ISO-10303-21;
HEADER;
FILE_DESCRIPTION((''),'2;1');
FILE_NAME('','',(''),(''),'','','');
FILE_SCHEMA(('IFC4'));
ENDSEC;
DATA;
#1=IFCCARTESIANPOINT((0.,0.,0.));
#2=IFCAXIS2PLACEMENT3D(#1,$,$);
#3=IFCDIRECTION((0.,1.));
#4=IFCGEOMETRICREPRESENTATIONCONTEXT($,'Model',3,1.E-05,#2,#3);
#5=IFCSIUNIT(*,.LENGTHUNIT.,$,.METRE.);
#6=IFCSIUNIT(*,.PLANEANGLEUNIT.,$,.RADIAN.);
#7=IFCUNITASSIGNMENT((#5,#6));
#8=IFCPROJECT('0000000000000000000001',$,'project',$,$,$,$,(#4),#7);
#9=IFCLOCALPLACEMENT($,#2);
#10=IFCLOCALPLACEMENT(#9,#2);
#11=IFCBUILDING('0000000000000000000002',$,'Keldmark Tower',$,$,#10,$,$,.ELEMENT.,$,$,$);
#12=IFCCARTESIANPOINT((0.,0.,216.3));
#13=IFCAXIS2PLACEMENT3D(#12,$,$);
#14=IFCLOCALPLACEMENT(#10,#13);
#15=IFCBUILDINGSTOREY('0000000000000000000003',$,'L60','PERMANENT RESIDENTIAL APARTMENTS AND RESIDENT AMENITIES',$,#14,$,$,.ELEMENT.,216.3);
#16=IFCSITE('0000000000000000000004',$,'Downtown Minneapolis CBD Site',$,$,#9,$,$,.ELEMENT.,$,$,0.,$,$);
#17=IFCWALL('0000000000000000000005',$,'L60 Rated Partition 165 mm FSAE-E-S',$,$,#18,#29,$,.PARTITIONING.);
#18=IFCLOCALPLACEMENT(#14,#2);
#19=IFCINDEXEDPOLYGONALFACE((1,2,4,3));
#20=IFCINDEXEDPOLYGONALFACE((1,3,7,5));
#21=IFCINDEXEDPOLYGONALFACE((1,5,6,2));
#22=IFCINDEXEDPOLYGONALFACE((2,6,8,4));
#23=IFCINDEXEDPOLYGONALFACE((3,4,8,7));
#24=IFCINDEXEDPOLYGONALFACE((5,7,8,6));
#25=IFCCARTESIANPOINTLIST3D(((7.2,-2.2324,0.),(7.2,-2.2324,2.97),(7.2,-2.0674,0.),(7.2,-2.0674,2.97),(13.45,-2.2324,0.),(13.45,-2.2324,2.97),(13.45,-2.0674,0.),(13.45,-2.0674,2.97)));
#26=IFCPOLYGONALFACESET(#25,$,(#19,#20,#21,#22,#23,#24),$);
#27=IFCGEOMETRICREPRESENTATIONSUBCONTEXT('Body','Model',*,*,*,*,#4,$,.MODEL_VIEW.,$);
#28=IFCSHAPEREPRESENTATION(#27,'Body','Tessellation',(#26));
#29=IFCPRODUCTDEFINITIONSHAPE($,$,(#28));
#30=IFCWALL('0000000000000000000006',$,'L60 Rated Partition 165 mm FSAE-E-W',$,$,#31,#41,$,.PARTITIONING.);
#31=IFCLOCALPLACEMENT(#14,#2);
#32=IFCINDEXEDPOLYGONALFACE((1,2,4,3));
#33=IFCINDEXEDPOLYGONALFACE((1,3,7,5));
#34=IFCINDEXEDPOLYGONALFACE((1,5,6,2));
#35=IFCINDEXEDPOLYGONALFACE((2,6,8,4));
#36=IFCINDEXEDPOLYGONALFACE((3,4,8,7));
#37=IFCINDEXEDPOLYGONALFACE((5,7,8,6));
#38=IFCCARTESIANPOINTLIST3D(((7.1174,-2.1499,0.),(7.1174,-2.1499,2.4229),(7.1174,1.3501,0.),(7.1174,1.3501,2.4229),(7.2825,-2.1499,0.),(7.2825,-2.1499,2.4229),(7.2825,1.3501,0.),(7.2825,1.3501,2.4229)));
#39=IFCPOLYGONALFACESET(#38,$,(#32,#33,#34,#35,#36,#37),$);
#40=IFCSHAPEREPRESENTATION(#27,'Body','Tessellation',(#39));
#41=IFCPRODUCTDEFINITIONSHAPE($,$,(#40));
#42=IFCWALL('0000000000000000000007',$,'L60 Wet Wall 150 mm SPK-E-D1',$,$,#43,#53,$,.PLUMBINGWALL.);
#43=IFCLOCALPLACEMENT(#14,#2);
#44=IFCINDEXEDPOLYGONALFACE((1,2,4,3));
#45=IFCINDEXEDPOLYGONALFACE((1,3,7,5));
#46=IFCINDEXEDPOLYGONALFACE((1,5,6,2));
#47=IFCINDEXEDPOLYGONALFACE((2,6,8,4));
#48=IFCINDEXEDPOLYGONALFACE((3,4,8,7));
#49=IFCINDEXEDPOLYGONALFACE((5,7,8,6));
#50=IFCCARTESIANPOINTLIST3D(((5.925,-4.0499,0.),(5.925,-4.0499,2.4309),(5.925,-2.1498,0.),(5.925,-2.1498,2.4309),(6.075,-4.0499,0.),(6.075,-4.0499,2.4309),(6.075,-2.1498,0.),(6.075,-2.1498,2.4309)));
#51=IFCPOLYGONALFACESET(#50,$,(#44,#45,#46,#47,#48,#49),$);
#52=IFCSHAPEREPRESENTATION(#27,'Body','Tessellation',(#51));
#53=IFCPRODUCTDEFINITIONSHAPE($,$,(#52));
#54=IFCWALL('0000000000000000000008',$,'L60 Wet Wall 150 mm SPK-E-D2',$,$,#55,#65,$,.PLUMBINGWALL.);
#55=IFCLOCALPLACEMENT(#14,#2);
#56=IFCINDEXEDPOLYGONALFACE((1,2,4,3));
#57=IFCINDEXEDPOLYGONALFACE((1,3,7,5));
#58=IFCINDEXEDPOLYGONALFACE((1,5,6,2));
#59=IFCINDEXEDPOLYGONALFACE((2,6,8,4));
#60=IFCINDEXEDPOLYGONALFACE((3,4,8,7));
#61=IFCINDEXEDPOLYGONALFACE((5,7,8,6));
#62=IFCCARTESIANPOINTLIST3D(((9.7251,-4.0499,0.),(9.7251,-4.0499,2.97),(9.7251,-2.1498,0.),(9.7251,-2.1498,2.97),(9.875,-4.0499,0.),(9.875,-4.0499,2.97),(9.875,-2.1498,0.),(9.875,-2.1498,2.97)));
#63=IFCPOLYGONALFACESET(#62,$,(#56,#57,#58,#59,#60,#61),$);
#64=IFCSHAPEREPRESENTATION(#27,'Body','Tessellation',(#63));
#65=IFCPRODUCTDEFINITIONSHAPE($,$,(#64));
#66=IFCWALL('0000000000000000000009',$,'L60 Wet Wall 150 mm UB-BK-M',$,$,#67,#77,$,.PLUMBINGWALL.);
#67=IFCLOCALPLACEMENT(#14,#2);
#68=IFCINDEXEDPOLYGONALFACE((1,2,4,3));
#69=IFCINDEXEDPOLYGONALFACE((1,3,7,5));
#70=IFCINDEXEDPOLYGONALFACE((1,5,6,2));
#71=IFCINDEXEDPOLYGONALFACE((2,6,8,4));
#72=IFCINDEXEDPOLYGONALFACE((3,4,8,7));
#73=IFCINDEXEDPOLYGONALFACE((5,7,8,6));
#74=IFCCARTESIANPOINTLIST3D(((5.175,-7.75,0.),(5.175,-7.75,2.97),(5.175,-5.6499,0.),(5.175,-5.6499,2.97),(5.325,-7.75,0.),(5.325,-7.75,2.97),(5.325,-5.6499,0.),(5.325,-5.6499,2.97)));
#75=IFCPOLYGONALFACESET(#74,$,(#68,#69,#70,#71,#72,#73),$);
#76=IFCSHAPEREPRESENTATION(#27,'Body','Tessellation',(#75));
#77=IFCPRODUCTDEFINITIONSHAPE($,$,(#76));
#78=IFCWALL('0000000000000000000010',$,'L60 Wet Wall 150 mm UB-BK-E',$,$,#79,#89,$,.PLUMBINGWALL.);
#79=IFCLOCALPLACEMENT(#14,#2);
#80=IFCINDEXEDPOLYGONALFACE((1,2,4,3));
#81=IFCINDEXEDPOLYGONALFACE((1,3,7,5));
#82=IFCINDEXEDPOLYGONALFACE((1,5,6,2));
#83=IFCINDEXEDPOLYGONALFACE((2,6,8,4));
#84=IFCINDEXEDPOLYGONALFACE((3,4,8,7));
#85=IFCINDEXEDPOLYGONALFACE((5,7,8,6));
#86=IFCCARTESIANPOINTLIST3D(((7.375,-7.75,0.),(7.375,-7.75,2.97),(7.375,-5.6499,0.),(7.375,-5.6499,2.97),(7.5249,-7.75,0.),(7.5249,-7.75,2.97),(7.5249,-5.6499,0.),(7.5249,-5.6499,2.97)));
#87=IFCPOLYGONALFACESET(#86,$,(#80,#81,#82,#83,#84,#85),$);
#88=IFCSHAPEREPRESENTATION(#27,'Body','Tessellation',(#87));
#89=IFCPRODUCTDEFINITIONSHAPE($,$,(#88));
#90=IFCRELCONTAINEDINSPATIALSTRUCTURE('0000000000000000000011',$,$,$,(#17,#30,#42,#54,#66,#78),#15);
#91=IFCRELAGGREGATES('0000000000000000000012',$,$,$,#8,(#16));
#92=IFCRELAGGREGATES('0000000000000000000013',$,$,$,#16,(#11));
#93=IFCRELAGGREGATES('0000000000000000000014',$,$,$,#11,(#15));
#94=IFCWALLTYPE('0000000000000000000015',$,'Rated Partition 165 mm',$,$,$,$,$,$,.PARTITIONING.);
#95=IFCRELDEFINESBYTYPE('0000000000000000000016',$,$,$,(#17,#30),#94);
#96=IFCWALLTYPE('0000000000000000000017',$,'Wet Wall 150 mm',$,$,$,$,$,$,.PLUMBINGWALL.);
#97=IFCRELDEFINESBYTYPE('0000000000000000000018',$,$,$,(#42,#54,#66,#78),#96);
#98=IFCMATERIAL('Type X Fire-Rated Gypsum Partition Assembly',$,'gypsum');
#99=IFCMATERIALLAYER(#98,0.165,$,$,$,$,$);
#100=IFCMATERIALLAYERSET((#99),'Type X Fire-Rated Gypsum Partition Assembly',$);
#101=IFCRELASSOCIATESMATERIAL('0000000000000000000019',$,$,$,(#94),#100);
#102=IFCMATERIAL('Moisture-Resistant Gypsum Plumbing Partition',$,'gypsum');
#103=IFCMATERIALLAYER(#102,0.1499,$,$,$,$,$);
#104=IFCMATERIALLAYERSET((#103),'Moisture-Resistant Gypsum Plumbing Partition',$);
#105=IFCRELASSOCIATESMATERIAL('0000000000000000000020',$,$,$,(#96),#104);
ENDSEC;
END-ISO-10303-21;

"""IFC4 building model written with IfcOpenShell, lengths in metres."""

from ifc_helpers import new_model, si_unit, direction, frame, frame_2d, origin, place, context, subcontext, project, spatial, rectangle, extrude, material, layer, layer_set, type_object, element, save


model = new_model("IFC4")

# Units and contexts
model_context = context("Model", 3, precision=1e-05, world=origin(), true_north=direction((0.0, 1.0)))
body_context = subcontext(model_context, "Body", "Model", "MODEL_VIEW")
ifc_project = project(units=[si_unit("LENGTHUNIT", "METRE"), si_unit("PLANEANGLEUNIT", "RADIAN")], contexts=[model_context])

# Site, building, storey
site_placement = place(None, origin())
site = spatial("IfcSite", under=ifc_project, at=site_placement, Name="Downtown Minneapolis CBD Site", CompositionType="ELEMENT", RefElevation=0.0)
building_placement = place(site_placement, origin())
building = spatial("IfcBuilding", under=site, at=building_placement, Name="Keldmark Tower", CompositionType="ELEMENT")
storey_placement = place(building_placement, frame((0.0, 0.0, 216.3)))
storey = spatial("IfcBuildingStorey", under=building, at=storey_placement, Name="L60", Description="PERMANENT RESIDENTIAL APARTMENTS AND RESIDENT AMENITIES", CompositionType="ELEMENT", Elevation=216.3)

# Walls
ifc_material_1 = material(Name="Type X Fire-Rated Gypsum Partition Assembly", Category="gypsum")
ifc_layer_1 = layer(ifc_material_1, 0.165)
ifc_layer_set_1 = layer_set([ifc_layer_1], Name="Type X Fire-Rated Gypsum Partition Assembly")
wall_type_1 = type_object("IfcWallType", Name="Rated Partition 165 mm", PredefinedType="PARTITIONING", material=ifc_layer_set_1)
wall_1_placement = place(storey_placement, frame((7.2, -2.1499, 0.0), z_axis=(0.0, 0.0, 1.0), x_axis=(1.0, 0.0, 0.0)))
element("IfcWall", 1, at=wall_1_placement, inside=storey, type_object=wall_type_1, Name="L60 Rated Partition 165 mm FSAE-E-S", PredefinedType="PARTITIONING", context=body_context, shape_type="SweptSolid", body=[
    extrude(rectangle(XDim=6.25, YDim=0.165, at=frame_2d((3.125, 0.0))), origin(), (0.0, 0.0, 1.0), 2.97),
])
wall_2_placement = place(storey_placement, frame((7.2, -2.1499, 0.0), z_axis=(0.0, 0.0, 1.0), x_axis=(0.0, 1.0, 0.0)))
element("IfcWall", 2, at=wall_2_placement, inside=storey, type_object=wall_type_1, Name="L60 Rated Partition 165 mm FSAE-E-W", PredefinedType="PARTITIONING", context=body_context, shape_type="SweptSolid", body=[
    extrude(rectangle(XDim=3.5, YDim=0.165, at=frame_2d((1.75, 0.0))), origin(), (0.0, 0.0, 1.0), 2.4229),
])
ifc_material_2 = material(Name="Moisture-Resistant Gypsum Plumbing Partition", Category="gypsum")
ifc_layer_2 = layer(ifc_material_2, 0.1499)
ifc_layer_set_2 = layer_set([ifc_layer_2], Name="Moisture-Resistant Gypsum Plumbing Partition")
wall_type_2 = type_object("IfcWallType", Name="Wet Wall 150 mm", PredefinedType="PLUMBINGWALL", material=ifc_layer_set_2)
wall_3_placement = place(storey_placement, frame((6.0, -4.05, 0.0), z_axis=(0.0, 0.0, 1.0), x_axis=(0.0, 1.0, 0.0)))
element("IfcWall", 3, at=wall_3_placement, inside=storey, type_object=wall_type_2, Name="L60 Wet Wall 150 mm SPK-E-D1", PredefinedType="PLUMBINGWALL", context=body_context, shape_type="SweptSolid", body=[
    extrude(rectangle(XDim=1.9001, YDim=0.1499, at=frame_2d((0.9502, 0.0))), origin(), (0.0, 0.0, 1.0), 2.4309),
])
wall_4_placement = place(storey_placement, frame((9.8, -4.05, 0.0), z_axis=(0.0, 0.0, 1.0), x_axis=(0.0, 1.0, 0.0)))
element("IfcWall", 4, at=wall_4_placement, inside=storey, type_object=wall_type_2, Name="L60 Wet Wall 150 mm SPK-E-D2", PredefinedType="PLUMBINGWALL", context=body_context, shape_type="SweptSolid", body=[
    extrude(rectangle(XDim=1.9001, YDim=0.1499, at=frame_2d((0.9502, 0.0))), origin(), (0.0, 0.0, 1.0), 2.97),
])
for number, where, z_axis, x_axis, name in (
    (5, (5.25, -7.75, 0.0), (0.0, 0.0, 1.0), (0.0, 1.0, 0.0), "L60 Wet Wall 150 mm UB-BK-M"),
    (6, (7.45, -7.75, 0.0), (0.0, 0.0, 1.0), (0.0, 1.0, 0.0), "L60 Wet Wall 150 mm UB-BK-E"),
):
    element("IfcWall", number, at=place(storey_placement, frame(where, z_axis=z_axis, x_axis=x_axis)), inside=storey, type_object=wall_type_2, Name=name, PredefinedType="PLUMBINGWALL", context=body_context, shape_type="SweptSolid", body=[
        extrude(rectangle(XDim=2.1001, YDim=0.1499, at=frame_2d((1.05, 0.0))), origin(), (0.0, 0.0, 1.0), 2.97),
    ])

save(model, "model.ifc")
